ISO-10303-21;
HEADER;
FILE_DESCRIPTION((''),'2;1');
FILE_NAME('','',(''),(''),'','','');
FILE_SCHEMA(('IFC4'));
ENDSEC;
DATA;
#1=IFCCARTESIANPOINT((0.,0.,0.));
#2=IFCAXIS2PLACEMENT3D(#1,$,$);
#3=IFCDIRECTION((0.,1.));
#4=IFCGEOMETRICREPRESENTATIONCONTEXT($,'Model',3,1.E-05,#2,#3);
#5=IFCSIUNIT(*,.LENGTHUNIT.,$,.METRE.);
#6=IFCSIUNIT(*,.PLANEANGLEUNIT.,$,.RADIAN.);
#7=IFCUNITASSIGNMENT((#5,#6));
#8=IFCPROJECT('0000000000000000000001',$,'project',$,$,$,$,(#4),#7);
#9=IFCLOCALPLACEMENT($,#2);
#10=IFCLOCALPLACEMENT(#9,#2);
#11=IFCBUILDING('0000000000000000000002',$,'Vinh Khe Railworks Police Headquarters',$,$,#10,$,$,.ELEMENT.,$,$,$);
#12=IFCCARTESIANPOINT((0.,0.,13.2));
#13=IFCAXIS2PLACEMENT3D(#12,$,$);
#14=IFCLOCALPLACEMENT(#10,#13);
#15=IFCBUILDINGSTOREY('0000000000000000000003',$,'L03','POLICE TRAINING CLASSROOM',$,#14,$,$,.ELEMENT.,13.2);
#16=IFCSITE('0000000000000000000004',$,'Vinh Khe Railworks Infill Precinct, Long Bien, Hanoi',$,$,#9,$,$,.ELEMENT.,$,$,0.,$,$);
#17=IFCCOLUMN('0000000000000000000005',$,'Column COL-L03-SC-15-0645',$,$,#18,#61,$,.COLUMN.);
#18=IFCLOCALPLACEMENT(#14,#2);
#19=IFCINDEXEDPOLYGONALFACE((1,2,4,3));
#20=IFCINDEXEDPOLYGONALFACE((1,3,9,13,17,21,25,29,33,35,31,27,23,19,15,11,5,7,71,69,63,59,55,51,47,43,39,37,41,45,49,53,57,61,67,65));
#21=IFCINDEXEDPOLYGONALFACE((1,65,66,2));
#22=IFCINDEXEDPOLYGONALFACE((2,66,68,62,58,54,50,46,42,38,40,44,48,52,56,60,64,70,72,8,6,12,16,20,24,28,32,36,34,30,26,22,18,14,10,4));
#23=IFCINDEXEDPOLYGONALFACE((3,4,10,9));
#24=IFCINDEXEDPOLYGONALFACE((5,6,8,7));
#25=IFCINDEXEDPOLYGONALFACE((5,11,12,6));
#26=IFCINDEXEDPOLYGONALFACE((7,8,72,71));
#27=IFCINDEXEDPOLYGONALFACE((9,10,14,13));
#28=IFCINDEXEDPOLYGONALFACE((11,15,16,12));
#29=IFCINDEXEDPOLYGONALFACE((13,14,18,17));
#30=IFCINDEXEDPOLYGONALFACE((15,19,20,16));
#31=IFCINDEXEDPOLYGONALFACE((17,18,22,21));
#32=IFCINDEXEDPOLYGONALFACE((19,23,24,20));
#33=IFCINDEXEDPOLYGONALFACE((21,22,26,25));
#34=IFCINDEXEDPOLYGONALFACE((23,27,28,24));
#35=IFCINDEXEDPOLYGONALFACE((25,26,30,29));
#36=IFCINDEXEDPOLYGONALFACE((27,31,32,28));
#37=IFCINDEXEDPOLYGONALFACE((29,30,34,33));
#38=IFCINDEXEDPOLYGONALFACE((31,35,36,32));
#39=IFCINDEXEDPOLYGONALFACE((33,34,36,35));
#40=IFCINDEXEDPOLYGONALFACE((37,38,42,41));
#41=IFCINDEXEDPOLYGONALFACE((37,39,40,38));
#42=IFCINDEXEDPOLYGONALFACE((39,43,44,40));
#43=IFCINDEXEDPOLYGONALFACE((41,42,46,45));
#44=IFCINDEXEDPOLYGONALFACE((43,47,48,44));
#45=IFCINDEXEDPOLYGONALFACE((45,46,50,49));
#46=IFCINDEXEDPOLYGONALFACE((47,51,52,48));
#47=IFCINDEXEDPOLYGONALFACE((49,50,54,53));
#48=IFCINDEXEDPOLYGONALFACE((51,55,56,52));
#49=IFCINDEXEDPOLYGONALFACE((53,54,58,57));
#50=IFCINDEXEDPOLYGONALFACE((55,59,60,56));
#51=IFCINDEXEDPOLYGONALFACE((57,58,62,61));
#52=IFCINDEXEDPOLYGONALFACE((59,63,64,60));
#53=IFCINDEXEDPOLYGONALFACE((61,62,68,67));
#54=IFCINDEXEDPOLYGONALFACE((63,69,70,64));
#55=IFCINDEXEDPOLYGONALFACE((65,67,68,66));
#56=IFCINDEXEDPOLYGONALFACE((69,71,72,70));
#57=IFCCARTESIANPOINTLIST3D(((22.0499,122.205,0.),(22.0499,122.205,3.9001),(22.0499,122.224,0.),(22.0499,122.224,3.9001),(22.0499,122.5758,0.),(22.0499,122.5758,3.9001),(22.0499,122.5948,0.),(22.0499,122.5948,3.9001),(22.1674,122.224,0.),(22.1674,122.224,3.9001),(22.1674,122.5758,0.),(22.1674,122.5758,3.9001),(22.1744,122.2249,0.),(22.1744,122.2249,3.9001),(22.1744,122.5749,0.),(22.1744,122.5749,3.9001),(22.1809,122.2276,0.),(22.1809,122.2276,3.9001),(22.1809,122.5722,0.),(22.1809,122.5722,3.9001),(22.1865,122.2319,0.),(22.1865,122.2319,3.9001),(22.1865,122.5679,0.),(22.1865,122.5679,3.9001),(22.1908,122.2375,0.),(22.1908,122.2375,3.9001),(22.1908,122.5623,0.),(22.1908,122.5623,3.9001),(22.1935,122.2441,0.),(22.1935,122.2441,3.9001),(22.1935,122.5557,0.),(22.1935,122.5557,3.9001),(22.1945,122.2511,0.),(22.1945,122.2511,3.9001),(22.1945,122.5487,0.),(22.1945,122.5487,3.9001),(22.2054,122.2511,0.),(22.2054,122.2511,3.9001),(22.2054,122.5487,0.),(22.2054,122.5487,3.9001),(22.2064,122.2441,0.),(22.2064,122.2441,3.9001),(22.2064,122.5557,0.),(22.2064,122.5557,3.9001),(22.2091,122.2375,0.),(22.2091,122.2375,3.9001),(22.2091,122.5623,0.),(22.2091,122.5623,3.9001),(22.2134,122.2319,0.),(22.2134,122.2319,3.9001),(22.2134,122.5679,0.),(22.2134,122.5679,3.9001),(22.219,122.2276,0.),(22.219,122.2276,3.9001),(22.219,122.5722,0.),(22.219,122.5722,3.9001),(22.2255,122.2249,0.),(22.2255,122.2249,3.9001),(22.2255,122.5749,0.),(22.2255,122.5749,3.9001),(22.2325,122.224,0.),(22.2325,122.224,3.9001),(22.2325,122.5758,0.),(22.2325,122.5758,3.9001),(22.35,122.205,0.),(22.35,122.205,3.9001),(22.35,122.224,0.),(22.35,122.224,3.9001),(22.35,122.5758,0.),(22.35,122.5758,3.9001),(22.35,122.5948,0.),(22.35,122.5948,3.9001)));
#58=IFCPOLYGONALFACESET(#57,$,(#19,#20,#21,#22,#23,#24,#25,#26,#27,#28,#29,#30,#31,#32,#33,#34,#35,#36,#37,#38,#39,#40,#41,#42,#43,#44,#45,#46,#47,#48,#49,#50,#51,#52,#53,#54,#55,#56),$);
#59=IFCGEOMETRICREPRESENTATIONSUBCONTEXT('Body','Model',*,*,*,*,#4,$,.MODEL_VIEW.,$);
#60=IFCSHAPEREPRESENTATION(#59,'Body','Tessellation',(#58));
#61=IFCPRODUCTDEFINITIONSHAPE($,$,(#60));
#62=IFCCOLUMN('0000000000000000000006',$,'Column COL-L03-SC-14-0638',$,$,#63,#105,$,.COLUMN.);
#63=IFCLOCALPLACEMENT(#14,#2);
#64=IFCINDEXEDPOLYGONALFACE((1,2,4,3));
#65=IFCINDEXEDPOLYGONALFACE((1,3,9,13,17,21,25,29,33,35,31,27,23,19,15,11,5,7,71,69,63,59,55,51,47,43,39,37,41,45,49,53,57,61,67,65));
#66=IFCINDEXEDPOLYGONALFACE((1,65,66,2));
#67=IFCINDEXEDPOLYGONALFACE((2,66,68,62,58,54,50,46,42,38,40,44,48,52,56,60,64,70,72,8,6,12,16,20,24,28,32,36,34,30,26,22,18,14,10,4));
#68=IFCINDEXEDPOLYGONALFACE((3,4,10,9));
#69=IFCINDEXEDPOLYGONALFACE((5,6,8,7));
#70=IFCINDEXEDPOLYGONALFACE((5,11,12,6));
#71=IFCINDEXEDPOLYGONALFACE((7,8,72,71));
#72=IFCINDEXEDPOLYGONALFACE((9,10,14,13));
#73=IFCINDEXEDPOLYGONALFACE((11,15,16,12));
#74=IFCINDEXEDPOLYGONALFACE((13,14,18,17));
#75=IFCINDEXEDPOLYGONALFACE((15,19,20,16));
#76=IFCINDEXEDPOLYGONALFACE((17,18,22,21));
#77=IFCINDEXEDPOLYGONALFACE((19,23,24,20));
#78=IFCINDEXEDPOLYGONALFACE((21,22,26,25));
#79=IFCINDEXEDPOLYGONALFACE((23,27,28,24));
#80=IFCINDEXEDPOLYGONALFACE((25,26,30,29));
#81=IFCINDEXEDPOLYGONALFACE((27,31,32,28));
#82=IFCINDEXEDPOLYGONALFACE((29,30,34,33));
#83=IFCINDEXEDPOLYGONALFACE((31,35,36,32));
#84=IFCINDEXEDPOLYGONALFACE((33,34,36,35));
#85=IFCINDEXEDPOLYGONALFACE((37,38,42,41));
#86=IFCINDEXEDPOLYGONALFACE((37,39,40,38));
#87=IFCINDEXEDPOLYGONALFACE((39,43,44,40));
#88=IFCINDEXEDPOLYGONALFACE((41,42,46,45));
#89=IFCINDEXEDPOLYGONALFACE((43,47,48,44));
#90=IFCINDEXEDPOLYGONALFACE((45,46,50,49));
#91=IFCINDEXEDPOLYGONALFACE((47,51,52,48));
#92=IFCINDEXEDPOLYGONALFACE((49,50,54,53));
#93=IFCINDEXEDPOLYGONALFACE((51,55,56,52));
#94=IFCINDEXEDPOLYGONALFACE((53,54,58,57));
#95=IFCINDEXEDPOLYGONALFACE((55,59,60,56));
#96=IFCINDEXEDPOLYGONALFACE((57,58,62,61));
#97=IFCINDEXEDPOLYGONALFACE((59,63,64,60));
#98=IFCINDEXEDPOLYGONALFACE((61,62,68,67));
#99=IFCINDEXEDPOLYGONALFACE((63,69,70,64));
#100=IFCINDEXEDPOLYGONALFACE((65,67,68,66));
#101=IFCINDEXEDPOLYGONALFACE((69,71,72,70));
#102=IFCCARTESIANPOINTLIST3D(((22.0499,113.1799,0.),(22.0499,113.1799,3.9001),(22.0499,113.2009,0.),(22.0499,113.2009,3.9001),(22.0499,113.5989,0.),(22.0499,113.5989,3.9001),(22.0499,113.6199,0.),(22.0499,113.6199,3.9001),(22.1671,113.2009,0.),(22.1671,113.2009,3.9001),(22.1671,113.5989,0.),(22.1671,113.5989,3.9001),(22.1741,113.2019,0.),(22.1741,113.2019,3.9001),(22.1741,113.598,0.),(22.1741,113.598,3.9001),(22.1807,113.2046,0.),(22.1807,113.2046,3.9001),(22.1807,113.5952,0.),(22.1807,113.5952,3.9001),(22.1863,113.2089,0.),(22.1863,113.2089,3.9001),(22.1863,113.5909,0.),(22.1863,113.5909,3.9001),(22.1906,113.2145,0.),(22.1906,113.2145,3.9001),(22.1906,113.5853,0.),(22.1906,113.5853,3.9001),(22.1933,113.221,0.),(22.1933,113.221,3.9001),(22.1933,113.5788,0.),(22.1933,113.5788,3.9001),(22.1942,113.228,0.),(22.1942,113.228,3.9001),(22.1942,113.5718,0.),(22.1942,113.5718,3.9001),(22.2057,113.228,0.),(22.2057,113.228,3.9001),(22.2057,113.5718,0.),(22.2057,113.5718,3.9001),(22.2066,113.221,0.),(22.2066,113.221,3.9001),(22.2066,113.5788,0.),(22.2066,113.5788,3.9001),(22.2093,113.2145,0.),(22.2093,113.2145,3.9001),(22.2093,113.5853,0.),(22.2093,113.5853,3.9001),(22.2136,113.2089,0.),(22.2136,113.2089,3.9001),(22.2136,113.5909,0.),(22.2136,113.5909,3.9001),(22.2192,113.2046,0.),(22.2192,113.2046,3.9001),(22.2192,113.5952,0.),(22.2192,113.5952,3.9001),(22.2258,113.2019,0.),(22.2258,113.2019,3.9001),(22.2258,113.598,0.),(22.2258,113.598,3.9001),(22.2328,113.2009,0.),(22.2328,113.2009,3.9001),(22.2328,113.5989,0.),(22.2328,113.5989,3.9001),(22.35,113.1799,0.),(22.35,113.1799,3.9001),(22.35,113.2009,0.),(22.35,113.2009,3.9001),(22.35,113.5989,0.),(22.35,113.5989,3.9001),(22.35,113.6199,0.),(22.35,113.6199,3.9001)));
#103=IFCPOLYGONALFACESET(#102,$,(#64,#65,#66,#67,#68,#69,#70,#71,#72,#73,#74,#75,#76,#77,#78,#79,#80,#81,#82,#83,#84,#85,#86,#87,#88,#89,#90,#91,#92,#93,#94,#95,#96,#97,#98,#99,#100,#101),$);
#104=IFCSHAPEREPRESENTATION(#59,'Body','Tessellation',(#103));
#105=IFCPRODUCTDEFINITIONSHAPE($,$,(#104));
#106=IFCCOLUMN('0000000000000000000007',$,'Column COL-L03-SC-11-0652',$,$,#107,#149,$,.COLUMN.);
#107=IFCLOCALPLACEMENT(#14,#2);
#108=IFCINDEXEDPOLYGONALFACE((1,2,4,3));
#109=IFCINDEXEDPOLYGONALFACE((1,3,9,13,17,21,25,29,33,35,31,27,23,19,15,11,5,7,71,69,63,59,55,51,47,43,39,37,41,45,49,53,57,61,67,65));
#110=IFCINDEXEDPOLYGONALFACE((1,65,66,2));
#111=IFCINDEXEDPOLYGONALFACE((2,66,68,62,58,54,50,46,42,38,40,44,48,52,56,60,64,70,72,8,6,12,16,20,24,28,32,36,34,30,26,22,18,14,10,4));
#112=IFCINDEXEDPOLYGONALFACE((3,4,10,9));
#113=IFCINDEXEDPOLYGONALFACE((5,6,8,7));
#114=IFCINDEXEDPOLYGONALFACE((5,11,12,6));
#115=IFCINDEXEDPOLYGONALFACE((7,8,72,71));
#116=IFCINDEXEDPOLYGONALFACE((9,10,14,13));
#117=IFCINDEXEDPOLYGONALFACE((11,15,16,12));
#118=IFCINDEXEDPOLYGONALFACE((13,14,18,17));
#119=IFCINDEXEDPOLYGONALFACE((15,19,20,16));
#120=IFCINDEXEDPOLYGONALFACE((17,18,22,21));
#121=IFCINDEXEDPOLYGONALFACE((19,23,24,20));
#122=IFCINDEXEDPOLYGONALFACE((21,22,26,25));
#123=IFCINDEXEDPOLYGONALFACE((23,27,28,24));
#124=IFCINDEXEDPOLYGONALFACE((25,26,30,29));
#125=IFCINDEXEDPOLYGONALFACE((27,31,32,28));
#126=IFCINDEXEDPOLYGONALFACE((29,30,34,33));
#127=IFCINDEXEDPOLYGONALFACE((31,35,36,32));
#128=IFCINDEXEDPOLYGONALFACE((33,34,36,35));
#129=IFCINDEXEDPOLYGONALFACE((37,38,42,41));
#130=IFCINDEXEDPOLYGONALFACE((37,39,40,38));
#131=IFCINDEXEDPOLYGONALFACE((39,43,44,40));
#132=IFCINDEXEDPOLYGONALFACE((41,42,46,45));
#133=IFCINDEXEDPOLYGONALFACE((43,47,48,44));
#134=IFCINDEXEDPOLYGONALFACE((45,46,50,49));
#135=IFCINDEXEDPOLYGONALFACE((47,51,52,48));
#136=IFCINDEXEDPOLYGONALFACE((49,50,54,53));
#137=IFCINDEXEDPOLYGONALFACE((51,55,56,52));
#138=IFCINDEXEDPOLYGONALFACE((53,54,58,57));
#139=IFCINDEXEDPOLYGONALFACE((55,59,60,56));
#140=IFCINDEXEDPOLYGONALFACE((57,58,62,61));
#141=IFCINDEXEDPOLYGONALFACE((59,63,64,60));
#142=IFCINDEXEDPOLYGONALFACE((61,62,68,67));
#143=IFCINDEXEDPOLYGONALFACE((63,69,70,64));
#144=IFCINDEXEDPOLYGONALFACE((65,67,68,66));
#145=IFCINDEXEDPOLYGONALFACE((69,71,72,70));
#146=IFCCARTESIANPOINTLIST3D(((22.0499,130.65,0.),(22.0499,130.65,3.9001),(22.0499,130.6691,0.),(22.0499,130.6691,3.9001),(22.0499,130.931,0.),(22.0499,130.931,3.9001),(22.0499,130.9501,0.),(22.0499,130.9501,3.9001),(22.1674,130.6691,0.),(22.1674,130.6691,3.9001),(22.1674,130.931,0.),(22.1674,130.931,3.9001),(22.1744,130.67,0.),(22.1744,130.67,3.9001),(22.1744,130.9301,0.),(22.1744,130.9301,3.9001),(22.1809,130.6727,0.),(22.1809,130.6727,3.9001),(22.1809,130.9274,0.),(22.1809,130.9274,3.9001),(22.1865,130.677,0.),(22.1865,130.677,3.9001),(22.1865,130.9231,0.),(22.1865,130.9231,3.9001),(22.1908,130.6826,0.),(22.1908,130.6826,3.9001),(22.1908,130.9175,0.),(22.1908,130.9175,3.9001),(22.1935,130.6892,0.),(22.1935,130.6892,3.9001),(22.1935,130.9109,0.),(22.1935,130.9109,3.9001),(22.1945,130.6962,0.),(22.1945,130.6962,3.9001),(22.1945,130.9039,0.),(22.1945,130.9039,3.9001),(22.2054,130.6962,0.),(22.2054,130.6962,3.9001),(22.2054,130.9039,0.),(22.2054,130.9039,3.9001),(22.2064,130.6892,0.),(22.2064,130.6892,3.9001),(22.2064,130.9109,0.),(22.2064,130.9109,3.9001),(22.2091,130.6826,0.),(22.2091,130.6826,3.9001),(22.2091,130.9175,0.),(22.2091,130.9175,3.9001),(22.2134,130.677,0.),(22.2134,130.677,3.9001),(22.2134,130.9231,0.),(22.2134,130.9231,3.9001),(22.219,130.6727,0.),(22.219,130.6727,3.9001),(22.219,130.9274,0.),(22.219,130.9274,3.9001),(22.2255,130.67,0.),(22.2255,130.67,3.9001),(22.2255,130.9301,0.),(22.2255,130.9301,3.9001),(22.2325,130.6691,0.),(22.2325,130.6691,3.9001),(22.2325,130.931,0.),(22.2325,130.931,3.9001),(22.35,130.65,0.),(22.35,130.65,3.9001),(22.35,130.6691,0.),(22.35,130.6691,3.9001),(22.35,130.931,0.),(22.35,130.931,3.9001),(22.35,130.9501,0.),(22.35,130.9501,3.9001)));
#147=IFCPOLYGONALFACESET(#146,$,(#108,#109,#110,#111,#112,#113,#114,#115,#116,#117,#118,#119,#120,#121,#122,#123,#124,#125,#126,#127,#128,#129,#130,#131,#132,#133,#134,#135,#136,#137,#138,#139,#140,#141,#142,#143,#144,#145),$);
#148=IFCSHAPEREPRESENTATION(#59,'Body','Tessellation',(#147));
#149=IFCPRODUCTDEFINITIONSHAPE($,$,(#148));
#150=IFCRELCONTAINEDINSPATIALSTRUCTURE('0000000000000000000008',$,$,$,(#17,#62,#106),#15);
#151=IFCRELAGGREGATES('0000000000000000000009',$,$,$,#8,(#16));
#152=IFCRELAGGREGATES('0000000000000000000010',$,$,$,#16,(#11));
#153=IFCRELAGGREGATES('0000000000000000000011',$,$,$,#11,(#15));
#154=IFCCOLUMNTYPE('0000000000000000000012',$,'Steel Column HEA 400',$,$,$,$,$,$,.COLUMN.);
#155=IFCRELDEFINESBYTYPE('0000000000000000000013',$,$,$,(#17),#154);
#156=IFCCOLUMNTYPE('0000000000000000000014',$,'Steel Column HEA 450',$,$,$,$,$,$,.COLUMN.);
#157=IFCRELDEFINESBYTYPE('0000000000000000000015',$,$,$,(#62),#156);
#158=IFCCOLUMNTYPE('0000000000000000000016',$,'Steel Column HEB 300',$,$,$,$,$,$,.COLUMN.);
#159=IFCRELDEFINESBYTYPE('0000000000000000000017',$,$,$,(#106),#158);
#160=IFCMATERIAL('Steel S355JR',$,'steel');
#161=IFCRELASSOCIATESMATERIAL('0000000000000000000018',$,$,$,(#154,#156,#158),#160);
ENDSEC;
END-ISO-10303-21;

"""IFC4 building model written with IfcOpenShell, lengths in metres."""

from ifc_helpers import new_model, si_unit, direction, frame, origin, origin_2d, place, context, subcontext, project, spatial, i_section, extrude, material, material_profile, profile_set, type_object, element, save


model = new_model("IFC4")

# Units and contexts
model_context = context("Model", 3, precision=1e-05, world=origin(), true_north=direction((0.0, 1.0)))
body_context = subcontext(model_context, "Body", "Model", "MODEL_VIEW")
ifc_project = project(units=[si_unit("LENGTHUNIT", "METRE"), si_unit("PLANEANGLEUNIT", "RADIAN")], contexts=[model_context])

# Site, building, storey
site_placement = place(None, origin())
site = spatial("IfcSite", under=ifc_project, at=site_placement, Name="Vinh Khe Railworks Infill Precinct, Long Bien, Hanoi", CompositionType="ELEMENT", RefElevation=0.0)
building_placement = place(site_placement, origin())
building = spatial("IfcBuilding", under=site, at=building_placement, Name="Vinh Khe Railworks Police Headquarters", CompositionType="ELEMENT")
storey_placement = place(building_placement, frame((0.0, 0.0, 13.2)))
storey = spatial("IfcBuildingStorey", under=building, at=storey_placement, Name="L03", Description="POLICE TRAINING CLASSROOM", CompositionType="ELEMENT", Elevation=13.2)

# Columns
ifc_material_1 = material(Name="Steel S355JR", Category="steel")
ifc_material_profile_1 = material_profile(ifc_material_1, i_section(OverallWidth=0.3, OverallDepth=0.3899, WebThickness=0.011, FlangeThickness=0.019, FilletRadius=0.0271, at=origin_2d()), Name="HEA 400")
ifc_profile_set_1 = profile_set([ifc_material_profile_1], Name="Steel S355JR")
column_type_1 = type_object("IfcColumnType", Name="Steel Column HEA 400", PredefinedType="COLUMN", material=ifc_profile_set_1)
column_1_placement = place(storey_placement, frame((22.2, 122.3999, 0.0), z_axis=(0.0, 0.0, 1.0), x_axis=(1.0, 0.0, 0.0)))
element("IfcColumn", 1, at=column_1_placement, inside=storey, type_object=column_type_1, Name="Column COL-L03-SC-15-0645", PredefinedType="COLUMN", context=body_context, shape_type="SweptSolid", body=[
    extrude(i_section(OverallWidth=0.3, OverallDepth=0.3899, WebThickness=0.011, FlangeThickness=0.019, FilletRadius=0.0271, at=origin_2d()), origin(), (0.0, 0.0, 1.0), 3.9001),
])
ifc_material_profile_2 = material_profile(ifc_material_1, i_section(OverallWidth=0.3, OverallDepth=0.4399, WebThickness=0.0115, FlangeThickness=0.021, FilletRadius=0.0271, at=origin_2d()), Name="HEA 450")
ifc_profile_set_2 = profile_set([ifc_material_profile_2], Name="Steel S355JR")
column_type_2 = type_object("IfcColumnType", Name="Steel Column HEA 450", PredefinedType="COLUMN", material=ifc_profile_set_2)
column_2_placement = place(storey_placement, frame((22.2, 113.3999, 0.0), z_axis=(0.0, 0.0, 1.0), x_axis=(1.0, 0.0, 0.0)))
element("IfcColumn", 2, at=column_2_placement, inside=storey, type_object=column_type_2, Name="Column COL-L03-SC-14-0638", PredefinedType="COLUMN", context=body_context, shape_type="SweptSolid", body=[
    extrude(i_section(OverallWidth=0.3, OverallDepth=0.4399, WebThickness=0.0115, FlangeThickness=0.021, FilletRadius=0.0271, at=origin_2d()), origin(), (0.0, 0.0, 1.0), 3.9001),
])
ifc_material_profile_3 = material_profile(ifc_material_1, i_section(OverallWidth=0.3, OverallDepth=0.3, WebThickness=0.011, FlangeThickness=0.019, FilletRadius=0.0271, at=origin_2d()), Name="HEB 300")
ifc_profile_set_3 = profile_set([ifc_material_profile_3], Name="Steel S355JR")
column_type_3 = type_object("IfcColumnType", Name="Steel Column HEB 300", PredefinedType="COLUMN", material=ifc_profile_set_3)
column_3_placement = place(storey_placement, frame((22.2, 130.8, 0.0), z_axis=(0.0, 0.0, 1.0), x_axis=(1.0, 0.0, 0.0)))
element("IfcColumn", 3, at=column_3_placement, inside=storey, type_object=column_type_3, Name="Column COL-L03-SC-11-0652", PredefinedType="COLUMN", context=body_context, shape_type="SweptSolid", body=[
    extrude(i_section(OverallWidth=0.3, OverallDepth=0.3, WebThickness=0.011, FlangeThickness=0.019, FilletRadius=0.0271, at=origin_2d()), origin(), (0.0, 0.0, 1.0), 3.9001),
])

save(model, "model.ifc")
